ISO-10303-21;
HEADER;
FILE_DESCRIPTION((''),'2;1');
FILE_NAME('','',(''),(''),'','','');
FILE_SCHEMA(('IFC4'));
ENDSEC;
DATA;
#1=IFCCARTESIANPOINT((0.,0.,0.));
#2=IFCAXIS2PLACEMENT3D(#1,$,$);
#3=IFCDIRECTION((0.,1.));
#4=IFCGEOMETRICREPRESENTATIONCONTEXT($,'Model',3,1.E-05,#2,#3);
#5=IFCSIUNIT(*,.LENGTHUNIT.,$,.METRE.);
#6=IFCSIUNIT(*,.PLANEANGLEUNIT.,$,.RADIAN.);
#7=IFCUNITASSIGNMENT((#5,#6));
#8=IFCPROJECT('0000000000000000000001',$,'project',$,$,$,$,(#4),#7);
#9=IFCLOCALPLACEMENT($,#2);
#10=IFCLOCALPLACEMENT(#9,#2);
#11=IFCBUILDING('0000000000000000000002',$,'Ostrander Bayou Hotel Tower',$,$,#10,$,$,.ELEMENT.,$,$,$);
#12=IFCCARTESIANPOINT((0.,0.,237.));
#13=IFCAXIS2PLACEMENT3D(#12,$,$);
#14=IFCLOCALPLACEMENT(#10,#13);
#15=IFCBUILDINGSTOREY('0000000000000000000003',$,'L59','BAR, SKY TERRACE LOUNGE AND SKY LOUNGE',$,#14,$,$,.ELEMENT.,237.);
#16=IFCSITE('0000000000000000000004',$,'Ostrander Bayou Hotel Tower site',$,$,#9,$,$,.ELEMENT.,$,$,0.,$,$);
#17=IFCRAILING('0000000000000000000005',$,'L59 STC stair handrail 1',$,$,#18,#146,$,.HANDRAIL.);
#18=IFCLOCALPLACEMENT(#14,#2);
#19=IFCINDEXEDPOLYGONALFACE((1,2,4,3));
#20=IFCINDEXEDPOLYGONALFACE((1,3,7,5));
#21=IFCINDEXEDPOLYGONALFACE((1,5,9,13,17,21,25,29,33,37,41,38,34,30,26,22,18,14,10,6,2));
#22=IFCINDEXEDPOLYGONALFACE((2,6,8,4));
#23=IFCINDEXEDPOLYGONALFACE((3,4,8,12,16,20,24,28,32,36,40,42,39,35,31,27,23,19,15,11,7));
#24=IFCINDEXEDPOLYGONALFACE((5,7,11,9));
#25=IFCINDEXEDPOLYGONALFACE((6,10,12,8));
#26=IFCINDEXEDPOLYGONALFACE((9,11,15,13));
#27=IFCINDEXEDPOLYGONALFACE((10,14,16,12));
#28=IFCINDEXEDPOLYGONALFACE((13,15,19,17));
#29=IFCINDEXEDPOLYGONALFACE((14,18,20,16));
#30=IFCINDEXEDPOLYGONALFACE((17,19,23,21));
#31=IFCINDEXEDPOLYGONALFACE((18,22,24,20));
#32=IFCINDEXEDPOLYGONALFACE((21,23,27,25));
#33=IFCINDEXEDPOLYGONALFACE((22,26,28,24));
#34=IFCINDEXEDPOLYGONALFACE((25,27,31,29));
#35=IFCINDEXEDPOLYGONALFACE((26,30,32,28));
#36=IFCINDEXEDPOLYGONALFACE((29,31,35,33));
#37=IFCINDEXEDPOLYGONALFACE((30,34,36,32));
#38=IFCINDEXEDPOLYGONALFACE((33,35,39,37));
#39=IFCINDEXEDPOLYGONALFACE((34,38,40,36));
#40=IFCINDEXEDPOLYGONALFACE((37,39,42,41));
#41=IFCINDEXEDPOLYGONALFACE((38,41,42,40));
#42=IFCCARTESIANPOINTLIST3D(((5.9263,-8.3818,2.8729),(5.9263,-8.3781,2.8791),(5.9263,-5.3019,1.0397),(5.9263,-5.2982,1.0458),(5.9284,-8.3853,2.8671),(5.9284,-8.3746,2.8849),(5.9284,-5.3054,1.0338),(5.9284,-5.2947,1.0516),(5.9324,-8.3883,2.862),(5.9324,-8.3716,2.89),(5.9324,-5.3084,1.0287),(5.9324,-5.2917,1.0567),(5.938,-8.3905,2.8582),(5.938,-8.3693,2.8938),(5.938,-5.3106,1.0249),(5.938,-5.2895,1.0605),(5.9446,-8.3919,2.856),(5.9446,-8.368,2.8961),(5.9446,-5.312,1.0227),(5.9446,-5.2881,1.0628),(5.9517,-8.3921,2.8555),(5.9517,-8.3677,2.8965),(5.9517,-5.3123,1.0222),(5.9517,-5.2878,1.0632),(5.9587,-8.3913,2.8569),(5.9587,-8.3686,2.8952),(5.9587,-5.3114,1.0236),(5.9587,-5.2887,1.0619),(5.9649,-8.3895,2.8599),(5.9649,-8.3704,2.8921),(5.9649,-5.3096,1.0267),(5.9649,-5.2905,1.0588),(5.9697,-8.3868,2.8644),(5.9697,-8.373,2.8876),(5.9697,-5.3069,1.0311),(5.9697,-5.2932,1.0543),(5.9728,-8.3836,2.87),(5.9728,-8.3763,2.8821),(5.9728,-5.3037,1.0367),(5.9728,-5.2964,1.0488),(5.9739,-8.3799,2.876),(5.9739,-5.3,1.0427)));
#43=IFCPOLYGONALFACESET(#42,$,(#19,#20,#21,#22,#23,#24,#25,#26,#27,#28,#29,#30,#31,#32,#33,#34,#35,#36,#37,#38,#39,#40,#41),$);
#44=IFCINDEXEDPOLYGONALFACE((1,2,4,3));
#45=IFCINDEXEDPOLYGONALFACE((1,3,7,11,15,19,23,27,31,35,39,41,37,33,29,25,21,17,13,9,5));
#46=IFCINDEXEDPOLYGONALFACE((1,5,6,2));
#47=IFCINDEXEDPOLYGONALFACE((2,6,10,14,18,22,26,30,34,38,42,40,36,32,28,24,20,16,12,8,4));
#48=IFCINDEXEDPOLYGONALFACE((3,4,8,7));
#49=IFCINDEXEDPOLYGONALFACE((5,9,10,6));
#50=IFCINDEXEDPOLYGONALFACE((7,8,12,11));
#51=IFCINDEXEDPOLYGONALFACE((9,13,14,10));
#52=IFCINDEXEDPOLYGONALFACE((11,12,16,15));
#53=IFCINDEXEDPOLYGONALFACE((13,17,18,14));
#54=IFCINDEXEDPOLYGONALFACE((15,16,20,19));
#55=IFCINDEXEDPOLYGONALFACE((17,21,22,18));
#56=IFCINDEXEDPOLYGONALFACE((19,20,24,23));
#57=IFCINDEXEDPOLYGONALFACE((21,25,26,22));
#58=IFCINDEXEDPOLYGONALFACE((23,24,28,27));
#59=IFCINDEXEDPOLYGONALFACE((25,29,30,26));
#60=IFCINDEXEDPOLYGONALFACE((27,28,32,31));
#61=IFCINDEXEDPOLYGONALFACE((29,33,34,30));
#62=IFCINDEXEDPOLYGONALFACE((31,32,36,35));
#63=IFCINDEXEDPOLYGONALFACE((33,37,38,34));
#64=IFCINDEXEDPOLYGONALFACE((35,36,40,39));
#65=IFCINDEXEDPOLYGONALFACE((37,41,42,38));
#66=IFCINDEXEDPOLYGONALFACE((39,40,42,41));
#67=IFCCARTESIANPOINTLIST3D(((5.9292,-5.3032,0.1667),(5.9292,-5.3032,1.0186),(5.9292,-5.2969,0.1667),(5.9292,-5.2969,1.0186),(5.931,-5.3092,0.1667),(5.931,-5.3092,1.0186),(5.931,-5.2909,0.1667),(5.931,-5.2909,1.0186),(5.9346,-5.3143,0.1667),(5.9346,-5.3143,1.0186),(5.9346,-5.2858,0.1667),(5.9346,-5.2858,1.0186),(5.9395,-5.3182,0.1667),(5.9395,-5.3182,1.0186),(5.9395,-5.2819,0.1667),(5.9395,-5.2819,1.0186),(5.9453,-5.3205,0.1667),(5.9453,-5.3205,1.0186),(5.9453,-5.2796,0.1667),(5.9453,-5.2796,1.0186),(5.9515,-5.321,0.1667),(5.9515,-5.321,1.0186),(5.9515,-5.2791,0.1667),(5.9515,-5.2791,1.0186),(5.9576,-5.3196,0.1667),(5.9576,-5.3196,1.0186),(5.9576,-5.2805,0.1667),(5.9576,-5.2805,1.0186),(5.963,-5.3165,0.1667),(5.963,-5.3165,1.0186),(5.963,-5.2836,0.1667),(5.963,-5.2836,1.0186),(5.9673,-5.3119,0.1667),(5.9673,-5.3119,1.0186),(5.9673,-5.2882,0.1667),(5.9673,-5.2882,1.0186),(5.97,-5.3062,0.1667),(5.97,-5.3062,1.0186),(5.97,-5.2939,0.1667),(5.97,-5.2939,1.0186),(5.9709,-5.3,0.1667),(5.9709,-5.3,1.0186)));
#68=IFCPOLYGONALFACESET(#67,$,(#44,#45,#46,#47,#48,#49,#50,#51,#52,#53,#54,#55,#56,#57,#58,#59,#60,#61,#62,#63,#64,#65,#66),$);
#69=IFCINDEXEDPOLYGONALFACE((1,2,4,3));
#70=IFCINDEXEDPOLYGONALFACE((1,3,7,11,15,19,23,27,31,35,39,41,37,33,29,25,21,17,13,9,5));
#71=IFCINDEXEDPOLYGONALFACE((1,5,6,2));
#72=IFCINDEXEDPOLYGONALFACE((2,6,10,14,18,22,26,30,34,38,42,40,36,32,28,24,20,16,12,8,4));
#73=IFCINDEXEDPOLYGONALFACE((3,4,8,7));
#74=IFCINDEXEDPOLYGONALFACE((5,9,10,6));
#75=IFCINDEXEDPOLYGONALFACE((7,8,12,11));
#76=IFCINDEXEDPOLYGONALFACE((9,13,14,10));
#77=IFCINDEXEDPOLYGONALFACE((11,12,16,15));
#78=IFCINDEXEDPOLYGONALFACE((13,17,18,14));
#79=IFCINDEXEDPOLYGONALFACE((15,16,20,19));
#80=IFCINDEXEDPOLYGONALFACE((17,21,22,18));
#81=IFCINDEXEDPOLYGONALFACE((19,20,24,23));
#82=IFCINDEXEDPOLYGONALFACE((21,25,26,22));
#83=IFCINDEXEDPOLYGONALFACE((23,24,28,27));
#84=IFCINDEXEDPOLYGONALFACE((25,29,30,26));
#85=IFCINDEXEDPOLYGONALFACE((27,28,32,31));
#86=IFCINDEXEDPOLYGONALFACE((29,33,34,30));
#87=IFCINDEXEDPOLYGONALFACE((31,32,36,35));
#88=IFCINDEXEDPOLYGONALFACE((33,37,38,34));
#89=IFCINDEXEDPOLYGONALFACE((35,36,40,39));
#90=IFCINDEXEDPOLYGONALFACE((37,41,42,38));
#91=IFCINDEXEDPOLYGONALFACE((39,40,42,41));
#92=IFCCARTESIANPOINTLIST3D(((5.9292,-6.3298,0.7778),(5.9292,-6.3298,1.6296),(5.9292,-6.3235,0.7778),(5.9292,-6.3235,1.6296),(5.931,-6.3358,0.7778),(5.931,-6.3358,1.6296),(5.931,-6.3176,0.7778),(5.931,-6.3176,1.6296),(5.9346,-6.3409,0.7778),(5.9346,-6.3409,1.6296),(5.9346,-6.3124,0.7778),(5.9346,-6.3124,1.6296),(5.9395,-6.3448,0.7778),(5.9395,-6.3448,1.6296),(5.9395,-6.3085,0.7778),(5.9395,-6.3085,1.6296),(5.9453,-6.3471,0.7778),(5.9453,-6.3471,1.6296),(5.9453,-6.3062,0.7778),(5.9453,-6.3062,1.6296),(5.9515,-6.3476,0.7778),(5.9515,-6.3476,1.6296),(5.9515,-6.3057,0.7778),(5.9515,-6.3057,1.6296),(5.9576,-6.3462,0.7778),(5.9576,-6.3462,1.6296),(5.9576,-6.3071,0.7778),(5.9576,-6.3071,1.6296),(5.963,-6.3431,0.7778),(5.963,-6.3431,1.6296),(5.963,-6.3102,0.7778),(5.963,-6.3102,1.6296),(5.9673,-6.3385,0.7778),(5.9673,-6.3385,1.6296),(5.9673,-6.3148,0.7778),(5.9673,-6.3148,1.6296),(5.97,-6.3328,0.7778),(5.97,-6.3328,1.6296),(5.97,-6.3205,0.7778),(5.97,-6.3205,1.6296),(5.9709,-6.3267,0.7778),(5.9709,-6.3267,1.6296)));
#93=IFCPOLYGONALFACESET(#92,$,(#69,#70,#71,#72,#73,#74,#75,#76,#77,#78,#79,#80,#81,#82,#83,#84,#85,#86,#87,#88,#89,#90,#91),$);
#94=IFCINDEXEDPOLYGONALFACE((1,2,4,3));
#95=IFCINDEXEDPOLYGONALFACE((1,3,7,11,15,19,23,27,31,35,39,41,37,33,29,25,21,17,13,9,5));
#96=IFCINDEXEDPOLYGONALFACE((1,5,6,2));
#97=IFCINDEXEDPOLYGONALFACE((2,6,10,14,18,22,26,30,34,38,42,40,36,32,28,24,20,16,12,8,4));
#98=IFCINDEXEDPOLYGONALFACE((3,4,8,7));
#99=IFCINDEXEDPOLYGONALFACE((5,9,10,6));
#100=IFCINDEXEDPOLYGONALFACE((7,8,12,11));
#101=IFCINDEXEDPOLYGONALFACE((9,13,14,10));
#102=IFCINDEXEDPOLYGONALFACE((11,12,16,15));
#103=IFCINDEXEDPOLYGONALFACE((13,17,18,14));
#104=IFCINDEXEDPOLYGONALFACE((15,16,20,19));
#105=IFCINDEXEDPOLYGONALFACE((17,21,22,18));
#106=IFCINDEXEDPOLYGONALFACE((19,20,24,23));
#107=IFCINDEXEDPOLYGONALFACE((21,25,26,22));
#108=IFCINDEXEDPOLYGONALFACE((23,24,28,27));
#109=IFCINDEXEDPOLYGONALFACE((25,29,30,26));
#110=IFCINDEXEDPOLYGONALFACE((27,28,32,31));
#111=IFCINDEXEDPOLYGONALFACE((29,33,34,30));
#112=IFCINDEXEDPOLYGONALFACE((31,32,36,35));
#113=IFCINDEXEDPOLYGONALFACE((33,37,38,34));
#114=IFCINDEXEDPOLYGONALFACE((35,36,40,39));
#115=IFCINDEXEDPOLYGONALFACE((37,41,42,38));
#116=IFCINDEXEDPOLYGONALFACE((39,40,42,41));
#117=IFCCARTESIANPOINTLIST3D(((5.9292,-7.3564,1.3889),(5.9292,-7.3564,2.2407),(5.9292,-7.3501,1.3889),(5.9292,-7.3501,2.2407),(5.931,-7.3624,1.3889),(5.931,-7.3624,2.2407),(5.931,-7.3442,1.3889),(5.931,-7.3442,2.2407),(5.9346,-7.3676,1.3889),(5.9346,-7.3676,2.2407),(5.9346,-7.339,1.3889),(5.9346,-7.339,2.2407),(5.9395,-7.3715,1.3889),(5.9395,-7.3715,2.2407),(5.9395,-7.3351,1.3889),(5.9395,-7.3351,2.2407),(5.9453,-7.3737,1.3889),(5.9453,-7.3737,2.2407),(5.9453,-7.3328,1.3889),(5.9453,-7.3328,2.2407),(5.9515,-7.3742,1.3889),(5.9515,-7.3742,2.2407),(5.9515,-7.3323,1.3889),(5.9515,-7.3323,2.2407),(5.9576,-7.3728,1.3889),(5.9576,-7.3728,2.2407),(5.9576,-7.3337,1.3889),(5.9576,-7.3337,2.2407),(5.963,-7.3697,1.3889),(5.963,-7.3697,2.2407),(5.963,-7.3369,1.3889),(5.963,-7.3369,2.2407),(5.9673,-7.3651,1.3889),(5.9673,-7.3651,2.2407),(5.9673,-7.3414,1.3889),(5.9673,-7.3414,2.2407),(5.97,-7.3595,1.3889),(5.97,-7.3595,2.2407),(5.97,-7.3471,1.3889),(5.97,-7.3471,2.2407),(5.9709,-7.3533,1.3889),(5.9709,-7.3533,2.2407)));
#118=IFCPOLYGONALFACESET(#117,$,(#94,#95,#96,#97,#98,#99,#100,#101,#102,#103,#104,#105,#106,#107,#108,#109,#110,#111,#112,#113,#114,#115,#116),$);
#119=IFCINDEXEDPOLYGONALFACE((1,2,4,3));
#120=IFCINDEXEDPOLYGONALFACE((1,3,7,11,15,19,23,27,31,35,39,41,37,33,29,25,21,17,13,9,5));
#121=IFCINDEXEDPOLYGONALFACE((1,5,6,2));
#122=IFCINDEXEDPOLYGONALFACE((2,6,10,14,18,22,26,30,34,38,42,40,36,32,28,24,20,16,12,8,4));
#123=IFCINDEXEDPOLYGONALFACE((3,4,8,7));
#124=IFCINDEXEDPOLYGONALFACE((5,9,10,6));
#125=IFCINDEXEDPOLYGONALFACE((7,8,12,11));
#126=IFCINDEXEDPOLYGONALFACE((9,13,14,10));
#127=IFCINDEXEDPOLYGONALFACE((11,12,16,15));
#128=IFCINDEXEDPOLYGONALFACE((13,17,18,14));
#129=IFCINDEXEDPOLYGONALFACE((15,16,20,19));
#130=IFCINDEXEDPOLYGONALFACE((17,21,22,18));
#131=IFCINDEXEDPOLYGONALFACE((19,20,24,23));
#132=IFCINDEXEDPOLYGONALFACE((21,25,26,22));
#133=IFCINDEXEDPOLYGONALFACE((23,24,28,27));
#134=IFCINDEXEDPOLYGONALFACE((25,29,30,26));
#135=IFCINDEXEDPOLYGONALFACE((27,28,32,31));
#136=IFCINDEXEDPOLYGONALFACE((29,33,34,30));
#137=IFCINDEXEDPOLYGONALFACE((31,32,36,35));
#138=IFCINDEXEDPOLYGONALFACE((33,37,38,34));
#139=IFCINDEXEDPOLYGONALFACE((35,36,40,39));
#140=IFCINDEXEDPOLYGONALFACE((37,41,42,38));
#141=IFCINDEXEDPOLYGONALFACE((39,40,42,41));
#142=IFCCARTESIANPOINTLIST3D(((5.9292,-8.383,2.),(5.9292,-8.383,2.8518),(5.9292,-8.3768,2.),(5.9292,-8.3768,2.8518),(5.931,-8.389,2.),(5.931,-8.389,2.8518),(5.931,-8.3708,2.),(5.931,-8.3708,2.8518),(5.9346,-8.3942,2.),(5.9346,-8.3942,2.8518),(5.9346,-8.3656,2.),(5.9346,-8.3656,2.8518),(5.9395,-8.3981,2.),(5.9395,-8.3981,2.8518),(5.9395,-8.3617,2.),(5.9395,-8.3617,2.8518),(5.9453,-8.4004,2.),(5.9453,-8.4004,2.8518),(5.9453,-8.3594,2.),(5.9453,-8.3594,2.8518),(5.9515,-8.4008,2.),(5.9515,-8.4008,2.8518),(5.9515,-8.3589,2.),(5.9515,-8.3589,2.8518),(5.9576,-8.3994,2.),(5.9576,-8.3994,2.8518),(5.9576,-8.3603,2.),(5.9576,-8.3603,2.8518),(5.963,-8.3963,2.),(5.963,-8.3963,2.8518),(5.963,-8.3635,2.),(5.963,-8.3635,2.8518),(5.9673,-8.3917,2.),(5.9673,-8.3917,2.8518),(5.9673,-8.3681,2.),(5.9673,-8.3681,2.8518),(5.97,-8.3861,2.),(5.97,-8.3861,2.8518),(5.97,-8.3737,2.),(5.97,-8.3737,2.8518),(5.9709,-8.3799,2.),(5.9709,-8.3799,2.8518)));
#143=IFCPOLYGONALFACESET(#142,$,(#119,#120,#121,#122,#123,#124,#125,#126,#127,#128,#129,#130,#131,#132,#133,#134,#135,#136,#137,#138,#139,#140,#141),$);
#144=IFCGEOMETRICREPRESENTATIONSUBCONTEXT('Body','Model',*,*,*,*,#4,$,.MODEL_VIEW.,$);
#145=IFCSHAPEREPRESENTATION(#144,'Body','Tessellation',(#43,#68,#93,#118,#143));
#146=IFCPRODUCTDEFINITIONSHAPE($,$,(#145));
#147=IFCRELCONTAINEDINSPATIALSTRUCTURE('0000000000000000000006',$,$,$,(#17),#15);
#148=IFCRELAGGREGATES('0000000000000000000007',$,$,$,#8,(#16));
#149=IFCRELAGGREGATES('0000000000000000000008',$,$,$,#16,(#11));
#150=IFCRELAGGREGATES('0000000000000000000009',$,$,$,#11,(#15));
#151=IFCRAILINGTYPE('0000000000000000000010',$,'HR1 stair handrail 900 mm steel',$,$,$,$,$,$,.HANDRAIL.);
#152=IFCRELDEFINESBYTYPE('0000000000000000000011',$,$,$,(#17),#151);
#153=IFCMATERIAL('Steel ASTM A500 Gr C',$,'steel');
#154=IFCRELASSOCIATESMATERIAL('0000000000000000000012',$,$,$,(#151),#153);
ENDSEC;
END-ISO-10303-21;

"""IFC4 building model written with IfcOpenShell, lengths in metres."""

from ifc_helpers import new_model, si_unit, direction, frame, origin, origin_2d, place, context, subcontext, project, spatial, circle, extrude, material, type_object, element, save


model = new_model("IFC4")

# Units and contexts
model_context = context("Model", 3, precision=1e-05, world=origin(), true_north=direction((0.0, 1.0)))
body_context = subcontext(model_context, "Body", "Model", "MODEL_VIEW")
ifc_project = project(units=[si_unit("LENGTHUNIT", "METRE"), si_unit("PLANEANGLEUNIT", "RADIAN")], contexts=[model_context])

# Site, building, storey
site_placement = place(None, origin())
site = spatial("IfcSite", under=ifc_project, at=site_placement, Name="Ostrander Bayou Hotel Tower site", CompositionType="ELEMENT", RefElevation=0.0)
building_placement = place(site_placement, origin())
building = spatial("IfcBuilding", under=site, at=building_placement, Name="Ostrander Bayou Hotel Tower", CompositionType="ELEMENT")
storey_placement = place(building_placement, frame((0.0, 0.0, 237.0)))
storey = spatial("IfcBuildingStorey", under=building, at=storey_placement, Name="L59", Description="BAR, SKY TERRACE LOUNGE AND SKY LOUNGE", CompositionType="ELEMENT", Elevation=237.0)

# Railing
ifc_material_1 = material(Name="Steel ASTM A500 Gr C", Category="steel")
railing_type_1 = type_object("IfcRailingType", Name="HR1 stair handrail 900 mm steel", PredefinedType="HANDRAIL", material=ifc_material_1)
for number, where, name in (
    (1, (5.95, -5.3, 0.1667), "L59 STC stair handrail 1"),
):
    element("IfcRailing", number, at=place(storey_placement, frame(where)), inside=storey, type_object=railing_type_1, Name=name, PredefinedType="HANDRAIL", context=body_context, shape_type="SweptSolid", body=[
        extrude(circle(Radius=0.0239, at=origin_2d()), frame((0.0, 0.0, 0.876), z_axis=(0.0, -0.859291, 0.511487), x_axis=(1.0, 0.0, 0.0)), (0.0, 0.0, 1.0), 3.5842),
        extrude(circle(Radius=0.021, at=origin_2d()), origin(), (0.0, 0.0, 1.0), 0.8518),
        extrude(circle(Radius=0.021, at=origin_2d()), frame((0.0, -1.0266, 0.6111)), (0.0, 0.0, 1.0), 0.8518),
        extrude(circle(Radius=0.021, at=origin_2d()), frame((0.0, -2.0532, 1.2222)), (0.0, 0.0, 1.0), 0.8518),
        extrude(circle(Radius=0.021, at=origin_2d()), frame((0.0, -3.0798, 1.8333)), (0.0, 0.0, 1.0), 0.8518),
    ])

save(model, "model.ifc")
